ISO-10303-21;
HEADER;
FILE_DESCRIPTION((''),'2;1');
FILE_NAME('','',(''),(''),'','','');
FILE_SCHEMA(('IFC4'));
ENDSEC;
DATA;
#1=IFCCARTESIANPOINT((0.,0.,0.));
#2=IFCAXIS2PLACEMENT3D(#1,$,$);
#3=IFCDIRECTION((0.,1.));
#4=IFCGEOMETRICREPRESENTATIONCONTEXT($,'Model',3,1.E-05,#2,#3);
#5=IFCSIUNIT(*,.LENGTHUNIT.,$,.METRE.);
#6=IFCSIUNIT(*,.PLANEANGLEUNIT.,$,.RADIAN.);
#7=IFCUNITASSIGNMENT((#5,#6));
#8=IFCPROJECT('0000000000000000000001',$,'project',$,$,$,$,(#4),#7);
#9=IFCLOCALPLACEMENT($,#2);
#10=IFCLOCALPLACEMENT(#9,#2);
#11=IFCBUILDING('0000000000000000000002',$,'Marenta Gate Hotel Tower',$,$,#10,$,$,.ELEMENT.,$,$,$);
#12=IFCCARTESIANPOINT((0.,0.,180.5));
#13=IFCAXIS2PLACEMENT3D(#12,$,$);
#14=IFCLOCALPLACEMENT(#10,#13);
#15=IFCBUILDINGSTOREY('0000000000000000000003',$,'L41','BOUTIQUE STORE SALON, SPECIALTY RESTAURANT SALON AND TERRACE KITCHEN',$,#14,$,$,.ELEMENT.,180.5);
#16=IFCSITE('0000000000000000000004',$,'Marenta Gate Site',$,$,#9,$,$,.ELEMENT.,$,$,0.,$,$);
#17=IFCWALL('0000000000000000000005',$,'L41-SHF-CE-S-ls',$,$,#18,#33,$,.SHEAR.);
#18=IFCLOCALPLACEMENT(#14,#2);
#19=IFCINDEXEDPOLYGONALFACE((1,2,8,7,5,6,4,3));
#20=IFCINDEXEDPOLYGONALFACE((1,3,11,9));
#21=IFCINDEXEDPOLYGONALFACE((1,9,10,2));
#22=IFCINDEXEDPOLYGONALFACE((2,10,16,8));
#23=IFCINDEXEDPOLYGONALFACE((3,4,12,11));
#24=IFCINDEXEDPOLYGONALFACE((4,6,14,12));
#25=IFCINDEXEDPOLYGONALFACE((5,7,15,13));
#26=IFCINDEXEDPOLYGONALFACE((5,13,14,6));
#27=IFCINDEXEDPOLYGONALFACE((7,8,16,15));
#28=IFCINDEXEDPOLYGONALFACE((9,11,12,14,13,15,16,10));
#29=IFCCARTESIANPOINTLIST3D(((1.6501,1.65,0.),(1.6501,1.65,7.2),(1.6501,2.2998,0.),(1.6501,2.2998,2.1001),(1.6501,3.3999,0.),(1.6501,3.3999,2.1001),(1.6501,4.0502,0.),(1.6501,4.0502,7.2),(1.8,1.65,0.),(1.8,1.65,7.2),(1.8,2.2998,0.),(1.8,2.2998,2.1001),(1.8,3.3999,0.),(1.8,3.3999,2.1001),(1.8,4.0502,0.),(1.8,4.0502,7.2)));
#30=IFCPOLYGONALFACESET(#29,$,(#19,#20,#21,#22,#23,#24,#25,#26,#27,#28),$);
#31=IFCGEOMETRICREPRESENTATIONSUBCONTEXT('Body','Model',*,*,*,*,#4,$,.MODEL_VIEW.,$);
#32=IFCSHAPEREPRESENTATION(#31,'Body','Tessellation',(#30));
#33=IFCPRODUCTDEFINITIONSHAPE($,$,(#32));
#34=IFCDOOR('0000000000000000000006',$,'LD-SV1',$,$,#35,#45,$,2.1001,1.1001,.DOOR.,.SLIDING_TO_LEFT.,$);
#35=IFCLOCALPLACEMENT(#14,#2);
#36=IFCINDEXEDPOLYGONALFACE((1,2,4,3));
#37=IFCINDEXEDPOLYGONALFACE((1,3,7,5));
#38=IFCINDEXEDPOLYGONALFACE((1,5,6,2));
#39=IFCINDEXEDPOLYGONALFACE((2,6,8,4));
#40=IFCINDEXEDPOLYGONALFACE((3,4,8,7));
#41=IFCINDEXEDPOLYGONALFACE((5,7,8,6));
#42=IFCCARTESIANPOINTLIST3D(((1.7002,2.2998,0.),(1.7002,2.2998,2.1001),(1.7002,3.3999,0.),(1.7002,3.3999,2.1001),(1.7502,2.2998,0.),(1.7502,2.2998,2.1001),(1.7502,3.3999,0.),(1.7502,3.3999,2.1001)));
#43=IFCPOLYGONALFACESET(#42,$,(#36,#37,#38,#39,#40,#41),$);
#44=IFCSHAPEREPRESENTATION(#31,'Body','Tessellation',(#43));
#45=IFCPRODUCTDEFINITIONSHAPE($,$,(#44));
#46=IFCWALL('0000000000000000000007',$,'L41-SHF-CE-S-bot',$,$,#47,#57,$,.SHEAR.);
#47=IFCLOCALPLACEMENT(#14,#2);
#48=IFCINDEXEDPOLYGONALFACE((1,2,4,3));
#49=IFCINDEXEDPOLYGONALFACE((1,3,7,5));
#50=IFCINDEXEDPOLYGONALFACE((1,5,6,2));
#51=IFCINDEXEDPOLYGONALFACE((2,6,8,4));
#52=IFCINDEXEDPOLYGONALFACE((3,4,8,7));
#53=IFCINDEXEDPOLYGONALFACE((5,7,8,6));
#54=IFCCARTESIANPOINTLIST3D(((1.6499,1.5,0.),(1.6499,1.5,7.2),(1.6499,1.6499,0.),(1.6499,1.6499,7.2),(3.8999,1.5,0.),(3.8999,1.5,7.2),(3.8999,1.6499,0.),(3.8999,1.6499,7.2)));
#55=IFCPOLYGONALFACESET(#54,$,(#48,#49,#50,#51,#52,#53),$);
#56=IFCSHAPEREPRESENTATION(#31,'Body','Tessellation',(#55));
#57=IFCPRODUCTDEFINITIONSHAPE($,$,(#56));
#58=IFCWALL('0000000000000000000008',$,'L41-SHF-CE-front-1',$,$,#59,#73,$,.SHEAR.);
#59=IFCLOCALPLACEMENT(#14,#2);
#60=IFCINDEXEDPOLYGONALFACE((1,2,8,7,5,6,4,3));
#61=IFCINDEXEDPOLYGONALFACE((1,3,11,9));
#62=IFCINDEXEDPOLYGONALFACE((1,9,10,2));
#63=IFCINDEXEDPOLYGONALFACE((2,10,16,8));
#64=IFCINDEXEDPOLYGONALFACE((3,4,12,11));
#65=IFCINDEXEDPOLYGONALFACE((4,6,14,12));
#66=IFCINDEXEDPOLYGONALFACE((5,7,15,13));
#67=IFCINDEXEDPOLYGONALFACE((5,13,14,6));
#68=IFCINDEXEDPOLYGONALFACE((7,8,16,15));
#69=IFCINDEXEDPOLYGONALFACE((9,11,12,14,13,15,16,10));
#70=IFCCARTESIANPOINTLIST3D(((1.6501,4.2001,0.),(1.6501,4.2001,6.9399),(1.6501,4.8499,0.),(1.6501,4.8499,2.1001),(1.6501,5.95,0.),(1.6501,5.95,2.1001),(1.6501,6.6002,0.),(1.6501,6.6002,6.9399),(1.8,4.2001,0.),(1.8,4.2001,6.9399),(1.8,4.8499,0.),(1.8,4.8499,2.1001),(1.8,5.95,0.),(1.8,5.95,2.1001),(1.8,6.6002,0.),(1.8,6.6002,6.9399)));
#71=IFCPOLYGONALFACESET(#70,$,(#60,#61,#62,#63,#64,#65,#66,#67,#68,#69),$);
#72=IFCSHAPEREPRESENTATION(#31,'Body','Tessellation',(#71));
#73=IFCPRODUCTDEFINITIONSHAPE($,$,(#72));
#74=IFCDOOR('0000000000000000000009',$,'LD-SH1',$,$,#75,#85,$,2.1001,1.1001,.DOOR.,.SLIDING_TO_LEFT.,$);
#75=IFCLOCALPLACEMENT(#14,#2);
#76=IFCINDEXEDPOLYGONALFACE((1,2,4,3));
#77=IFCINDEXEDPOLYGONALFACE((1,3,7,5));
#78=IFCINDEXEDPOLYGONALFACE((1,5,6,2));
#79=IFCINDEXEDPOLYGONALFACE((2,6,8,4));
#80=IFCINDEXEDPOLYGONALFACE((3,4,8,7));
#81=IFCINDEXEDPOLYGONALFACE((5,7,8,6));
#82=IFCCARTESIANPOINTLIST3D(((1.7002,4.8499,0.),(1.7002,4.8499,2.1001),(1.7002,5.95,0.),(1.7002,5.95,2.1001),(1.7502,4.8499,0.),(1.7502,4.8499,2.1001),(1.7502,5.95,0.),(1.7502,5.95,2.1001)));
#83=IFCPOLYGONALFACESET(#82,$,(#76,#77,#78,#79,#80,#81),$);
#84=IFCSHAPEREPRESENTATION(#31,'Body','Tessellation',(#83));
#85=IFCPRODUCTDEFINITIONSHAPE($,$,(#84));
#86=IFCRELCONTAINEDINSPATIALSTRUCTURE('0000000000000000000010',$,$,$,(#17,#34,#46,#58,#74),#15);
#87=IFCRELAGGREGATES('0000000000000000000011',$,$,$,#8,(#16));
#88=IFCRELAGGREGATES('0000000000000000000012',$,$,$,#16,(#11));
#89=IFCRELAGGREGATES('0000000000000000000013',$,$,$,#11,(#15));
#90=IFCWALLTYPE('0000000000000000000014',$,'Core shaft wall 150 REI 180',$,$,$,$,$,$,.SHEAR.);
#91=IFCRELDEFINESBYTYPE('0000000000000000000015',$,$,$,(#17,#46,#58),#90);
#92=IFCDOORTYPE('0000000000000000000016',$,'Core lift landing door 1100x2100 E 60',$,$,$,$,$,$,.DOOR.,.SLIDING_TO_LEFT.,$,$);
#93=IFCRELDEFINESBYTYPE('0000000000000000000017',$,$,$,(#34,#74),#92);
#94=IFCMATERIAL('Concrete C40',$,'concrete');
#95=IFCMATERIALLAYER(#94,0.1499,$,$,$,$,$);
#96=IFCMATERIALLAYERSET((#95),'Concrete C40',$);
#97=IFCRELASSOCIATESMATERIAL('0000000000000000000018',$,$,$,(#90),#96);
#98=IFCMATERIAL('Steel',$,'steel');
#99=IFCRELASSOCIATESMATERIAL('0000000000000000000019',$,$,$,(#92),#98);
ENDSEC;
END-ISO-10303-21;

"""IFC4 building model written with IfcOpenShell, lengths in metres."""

from ifc_helpers import new_model, si_unit, direction, frame, frame_2d, origin, place, context, subcontext, project, spatial, rectangle, extrude, material, layer, layer_set, type_object, element, fill, save


model = new_model("IFC4")

# Units and contexts
model_context = context("Model", 3, precision=1e-05, world=origin(), true_north=direction((0.0, 1.0)))
body_context = subcontext(model_context, "Body", "Model", "MODEL_VIEW")
ifc_project = project(units=[si_unit("LENGTHUNIT", "METRE"), si_unit("PLANEANGLEUNIT", "RADIAN")], contexts=[model_context])

# Site, building, storey
site_placement = place(None, origin())
site = spatial("IfcSite", under=ifc_project, at=site_placement, Name="Marenta Gate Site", CompositionType="ELEMENT", RefElevation=0.0)
building_placement = place(site_placement, origin())
building = spatial("IfcBuilding", under=site, at=building_placement, Name="Marenta Gate Hotel Tower", CompositionType="ELEMENT")
storey_placement = place(building_placement, frame((0.0, 0.0, 180.5)))
storey = spatial("IfcBuildingStorey", under=building, at=storey_placement, Name="L41", Description="BOUTIQUE STORE SALON, SPECIALTY RESTAURANT SALON AND TERRACE KITCHEN", CompositionType="ELEMENT", Elevation=180.5)

# Wall, opening, door
ifc_material_1 = material(Name="Concrete C40", Category="concrete")
ifc_layer_1 = layer(ifc_material_1, 0.1499)
ifc_layer_set_1 = layer_set([ifc_layer_1], Name="Concrete C40")
wall_type = type_object("IfcWallType", Name="Core shaft wall 150 REI 180", PredefinedType="SHEAR", material=ifc_layer_set_1)
wall_1_placement = place(storey_placement, frame((1.7251, 1.6499, 0.0), z_axis=(0.0, 0.0, 1.0), x_axis=(0.0, 1.0, 0.0)))
wall_1 = element("IfcWall", 1, at=wall_1_placement, inside=storey, type_object=wall_type, Name="L41-SHF-CE-S-ls", PredefinedType="SHEAR", context=body_context, shape_type="SweptSolid", body=[
    extrude(rectangle(XDim=2.4001, YDim=0.1499, at=frame_2d((1.2002, 0.0))), origin(), (0.0, 0.0, 1.0), 7.2),
])
opening_1_placement = place(wall_1_placement, frame((0.6499, 0.0, 0.0)))
opening_1 = element("IfcOpeningElement", 2, at=opening_1_placement, cuts=wall_1, PredefinedType="OPENING", context=body_context, shape_type="SweptSolid", body=[
    extrude(rectangle(XDim=1.1001, YDim=2.1001, at=frame_2d((0.55, 1.05))), frame((0.0, 0.075, 0.0), z_axis=(0.0, -1.0, 0.0), x_axis=(1.0, 0.0, 0.0)), (0.0, 0.0, 1.0), 0.1499),
])
ifc_material_2 = material(Name="Steel", Category="steel")
door_type = type_object("IfcDoorType", Name="Core lift landing door 1100x2100 E 60", OperationType="SLIDING_TO_LEFT", PredefinedType="DOOR", material=ifc_material_2)
door_1_placement = place(opening_1_placement, origin())
door_1 = element("IfcDoor", 3, at=door_1_placement, inside=storey, type_object=door_type, Name="LD-SV1", OperationType="SLIDING_TO_LEFT", OverallHeight=2.1001, OverallWidth=1.1001, PredefinedType="DOOR", context=body_context, shape_type="SweptSolid", body=[
    extrude(rectangle(XDim=1.1001, YDim=2.1001, at=frame_2d((0.55, 1.05))), frame((0.0, 0.0249, 0.0), z_axis=(0.0, -1.0, 0.0), x_axis=(1.0, 0.0, 0.0)), (0.0, 0.0, 1.0), 0.05),
])
fill(opening_1, door_1)

# Wall
wall_2_placement = place(storey_placement, frame((1.6499, 1.575, 0.0), z_axis=(0.0, 0.0, 1.0), x_axis=(1.0, 0.0, 0.0)))
element("IfcWall", 4, at=wall_2_placement, inside=storey, type_object=wall_type, Name="L41-SHF-CE-S-bot", PredefinedType="SHEAR", context=body_context, shape_type="SweptSolid", body=[
    extrude(rectangle(XDim=2.25, YDim=0.1499, at=frame_2d((1.125, 0.0))), origin(), (0.0, 0.0, 1.0), 7.2),
])

# Wall, opening, door
wall_3_placement = place(storey_placement, frame((1.7251, 4.2, 0.0), z_axis=(0.0, 0.0, 1.0), x_axis=(0.0, 1.0, 0.0)))
wall_3 = element("IfcWall", 5, at=wall_3_placement, inside=storey, type_object=wall_type, Name="L41-SHF-CE-front-1", PredefinedType="SHEAR", context=body_context, shape_type="SweptSolid", body=[
    extrude(rectangle(XDim=2.4001, YDim=0.1499, at=frame_2d((1.2002, 0.0))), origin(), (0.0, 0.0, 1.0), 6.9399),
])
opening_2_placement = place(wall_3_placement, frame((0.6499, 0.0, 0.0)))
opening_2 = element("IfcOpeningElement", 6, at=opening_2_placement, cuts=wall_3, PredefinedType="OPENING", context=body_context, shape_type="SweptSolid", body=[
    extrude(rectangle(XDim=1.1001, YDim=2.1001, at=frame_2d((0.55, 1.05))), frame((0.0, 0.075, 0.0), z_axis=(0.0, -1.0, 0.0), x_axis=(1.0, 0.0, 0.0)), (0.0, 0.0, 1.0), 0.1499),
])
door_2_placement = place(opening_2_placement, origin())
door_2 = element("IfcDoor", 7, at=door_2_placement, inside=storey, type_object=door_type, Name="LD-SH1", OperationType="SLIDING_TO_LEFT", OverallHeight=2.1001, OverallWidth=1.1001, PredefinedType="DOOR", context=body_context, shape_type="SweptSolid", body=[
    extrude(rectangle(XDim=1.1001, YDim=2.1001, at=frame_2d((0.55, 1.05))), frame((0.0, 0.0249, 0.0), z_axis=(0.0, -1.0, 0.0), x_axis=(1.0, 0.0, 0.0)), (0.0, 0.0, 1.0), 0.05),
])
fill(opening_2, door_2)

save(model, "model.ifc")
